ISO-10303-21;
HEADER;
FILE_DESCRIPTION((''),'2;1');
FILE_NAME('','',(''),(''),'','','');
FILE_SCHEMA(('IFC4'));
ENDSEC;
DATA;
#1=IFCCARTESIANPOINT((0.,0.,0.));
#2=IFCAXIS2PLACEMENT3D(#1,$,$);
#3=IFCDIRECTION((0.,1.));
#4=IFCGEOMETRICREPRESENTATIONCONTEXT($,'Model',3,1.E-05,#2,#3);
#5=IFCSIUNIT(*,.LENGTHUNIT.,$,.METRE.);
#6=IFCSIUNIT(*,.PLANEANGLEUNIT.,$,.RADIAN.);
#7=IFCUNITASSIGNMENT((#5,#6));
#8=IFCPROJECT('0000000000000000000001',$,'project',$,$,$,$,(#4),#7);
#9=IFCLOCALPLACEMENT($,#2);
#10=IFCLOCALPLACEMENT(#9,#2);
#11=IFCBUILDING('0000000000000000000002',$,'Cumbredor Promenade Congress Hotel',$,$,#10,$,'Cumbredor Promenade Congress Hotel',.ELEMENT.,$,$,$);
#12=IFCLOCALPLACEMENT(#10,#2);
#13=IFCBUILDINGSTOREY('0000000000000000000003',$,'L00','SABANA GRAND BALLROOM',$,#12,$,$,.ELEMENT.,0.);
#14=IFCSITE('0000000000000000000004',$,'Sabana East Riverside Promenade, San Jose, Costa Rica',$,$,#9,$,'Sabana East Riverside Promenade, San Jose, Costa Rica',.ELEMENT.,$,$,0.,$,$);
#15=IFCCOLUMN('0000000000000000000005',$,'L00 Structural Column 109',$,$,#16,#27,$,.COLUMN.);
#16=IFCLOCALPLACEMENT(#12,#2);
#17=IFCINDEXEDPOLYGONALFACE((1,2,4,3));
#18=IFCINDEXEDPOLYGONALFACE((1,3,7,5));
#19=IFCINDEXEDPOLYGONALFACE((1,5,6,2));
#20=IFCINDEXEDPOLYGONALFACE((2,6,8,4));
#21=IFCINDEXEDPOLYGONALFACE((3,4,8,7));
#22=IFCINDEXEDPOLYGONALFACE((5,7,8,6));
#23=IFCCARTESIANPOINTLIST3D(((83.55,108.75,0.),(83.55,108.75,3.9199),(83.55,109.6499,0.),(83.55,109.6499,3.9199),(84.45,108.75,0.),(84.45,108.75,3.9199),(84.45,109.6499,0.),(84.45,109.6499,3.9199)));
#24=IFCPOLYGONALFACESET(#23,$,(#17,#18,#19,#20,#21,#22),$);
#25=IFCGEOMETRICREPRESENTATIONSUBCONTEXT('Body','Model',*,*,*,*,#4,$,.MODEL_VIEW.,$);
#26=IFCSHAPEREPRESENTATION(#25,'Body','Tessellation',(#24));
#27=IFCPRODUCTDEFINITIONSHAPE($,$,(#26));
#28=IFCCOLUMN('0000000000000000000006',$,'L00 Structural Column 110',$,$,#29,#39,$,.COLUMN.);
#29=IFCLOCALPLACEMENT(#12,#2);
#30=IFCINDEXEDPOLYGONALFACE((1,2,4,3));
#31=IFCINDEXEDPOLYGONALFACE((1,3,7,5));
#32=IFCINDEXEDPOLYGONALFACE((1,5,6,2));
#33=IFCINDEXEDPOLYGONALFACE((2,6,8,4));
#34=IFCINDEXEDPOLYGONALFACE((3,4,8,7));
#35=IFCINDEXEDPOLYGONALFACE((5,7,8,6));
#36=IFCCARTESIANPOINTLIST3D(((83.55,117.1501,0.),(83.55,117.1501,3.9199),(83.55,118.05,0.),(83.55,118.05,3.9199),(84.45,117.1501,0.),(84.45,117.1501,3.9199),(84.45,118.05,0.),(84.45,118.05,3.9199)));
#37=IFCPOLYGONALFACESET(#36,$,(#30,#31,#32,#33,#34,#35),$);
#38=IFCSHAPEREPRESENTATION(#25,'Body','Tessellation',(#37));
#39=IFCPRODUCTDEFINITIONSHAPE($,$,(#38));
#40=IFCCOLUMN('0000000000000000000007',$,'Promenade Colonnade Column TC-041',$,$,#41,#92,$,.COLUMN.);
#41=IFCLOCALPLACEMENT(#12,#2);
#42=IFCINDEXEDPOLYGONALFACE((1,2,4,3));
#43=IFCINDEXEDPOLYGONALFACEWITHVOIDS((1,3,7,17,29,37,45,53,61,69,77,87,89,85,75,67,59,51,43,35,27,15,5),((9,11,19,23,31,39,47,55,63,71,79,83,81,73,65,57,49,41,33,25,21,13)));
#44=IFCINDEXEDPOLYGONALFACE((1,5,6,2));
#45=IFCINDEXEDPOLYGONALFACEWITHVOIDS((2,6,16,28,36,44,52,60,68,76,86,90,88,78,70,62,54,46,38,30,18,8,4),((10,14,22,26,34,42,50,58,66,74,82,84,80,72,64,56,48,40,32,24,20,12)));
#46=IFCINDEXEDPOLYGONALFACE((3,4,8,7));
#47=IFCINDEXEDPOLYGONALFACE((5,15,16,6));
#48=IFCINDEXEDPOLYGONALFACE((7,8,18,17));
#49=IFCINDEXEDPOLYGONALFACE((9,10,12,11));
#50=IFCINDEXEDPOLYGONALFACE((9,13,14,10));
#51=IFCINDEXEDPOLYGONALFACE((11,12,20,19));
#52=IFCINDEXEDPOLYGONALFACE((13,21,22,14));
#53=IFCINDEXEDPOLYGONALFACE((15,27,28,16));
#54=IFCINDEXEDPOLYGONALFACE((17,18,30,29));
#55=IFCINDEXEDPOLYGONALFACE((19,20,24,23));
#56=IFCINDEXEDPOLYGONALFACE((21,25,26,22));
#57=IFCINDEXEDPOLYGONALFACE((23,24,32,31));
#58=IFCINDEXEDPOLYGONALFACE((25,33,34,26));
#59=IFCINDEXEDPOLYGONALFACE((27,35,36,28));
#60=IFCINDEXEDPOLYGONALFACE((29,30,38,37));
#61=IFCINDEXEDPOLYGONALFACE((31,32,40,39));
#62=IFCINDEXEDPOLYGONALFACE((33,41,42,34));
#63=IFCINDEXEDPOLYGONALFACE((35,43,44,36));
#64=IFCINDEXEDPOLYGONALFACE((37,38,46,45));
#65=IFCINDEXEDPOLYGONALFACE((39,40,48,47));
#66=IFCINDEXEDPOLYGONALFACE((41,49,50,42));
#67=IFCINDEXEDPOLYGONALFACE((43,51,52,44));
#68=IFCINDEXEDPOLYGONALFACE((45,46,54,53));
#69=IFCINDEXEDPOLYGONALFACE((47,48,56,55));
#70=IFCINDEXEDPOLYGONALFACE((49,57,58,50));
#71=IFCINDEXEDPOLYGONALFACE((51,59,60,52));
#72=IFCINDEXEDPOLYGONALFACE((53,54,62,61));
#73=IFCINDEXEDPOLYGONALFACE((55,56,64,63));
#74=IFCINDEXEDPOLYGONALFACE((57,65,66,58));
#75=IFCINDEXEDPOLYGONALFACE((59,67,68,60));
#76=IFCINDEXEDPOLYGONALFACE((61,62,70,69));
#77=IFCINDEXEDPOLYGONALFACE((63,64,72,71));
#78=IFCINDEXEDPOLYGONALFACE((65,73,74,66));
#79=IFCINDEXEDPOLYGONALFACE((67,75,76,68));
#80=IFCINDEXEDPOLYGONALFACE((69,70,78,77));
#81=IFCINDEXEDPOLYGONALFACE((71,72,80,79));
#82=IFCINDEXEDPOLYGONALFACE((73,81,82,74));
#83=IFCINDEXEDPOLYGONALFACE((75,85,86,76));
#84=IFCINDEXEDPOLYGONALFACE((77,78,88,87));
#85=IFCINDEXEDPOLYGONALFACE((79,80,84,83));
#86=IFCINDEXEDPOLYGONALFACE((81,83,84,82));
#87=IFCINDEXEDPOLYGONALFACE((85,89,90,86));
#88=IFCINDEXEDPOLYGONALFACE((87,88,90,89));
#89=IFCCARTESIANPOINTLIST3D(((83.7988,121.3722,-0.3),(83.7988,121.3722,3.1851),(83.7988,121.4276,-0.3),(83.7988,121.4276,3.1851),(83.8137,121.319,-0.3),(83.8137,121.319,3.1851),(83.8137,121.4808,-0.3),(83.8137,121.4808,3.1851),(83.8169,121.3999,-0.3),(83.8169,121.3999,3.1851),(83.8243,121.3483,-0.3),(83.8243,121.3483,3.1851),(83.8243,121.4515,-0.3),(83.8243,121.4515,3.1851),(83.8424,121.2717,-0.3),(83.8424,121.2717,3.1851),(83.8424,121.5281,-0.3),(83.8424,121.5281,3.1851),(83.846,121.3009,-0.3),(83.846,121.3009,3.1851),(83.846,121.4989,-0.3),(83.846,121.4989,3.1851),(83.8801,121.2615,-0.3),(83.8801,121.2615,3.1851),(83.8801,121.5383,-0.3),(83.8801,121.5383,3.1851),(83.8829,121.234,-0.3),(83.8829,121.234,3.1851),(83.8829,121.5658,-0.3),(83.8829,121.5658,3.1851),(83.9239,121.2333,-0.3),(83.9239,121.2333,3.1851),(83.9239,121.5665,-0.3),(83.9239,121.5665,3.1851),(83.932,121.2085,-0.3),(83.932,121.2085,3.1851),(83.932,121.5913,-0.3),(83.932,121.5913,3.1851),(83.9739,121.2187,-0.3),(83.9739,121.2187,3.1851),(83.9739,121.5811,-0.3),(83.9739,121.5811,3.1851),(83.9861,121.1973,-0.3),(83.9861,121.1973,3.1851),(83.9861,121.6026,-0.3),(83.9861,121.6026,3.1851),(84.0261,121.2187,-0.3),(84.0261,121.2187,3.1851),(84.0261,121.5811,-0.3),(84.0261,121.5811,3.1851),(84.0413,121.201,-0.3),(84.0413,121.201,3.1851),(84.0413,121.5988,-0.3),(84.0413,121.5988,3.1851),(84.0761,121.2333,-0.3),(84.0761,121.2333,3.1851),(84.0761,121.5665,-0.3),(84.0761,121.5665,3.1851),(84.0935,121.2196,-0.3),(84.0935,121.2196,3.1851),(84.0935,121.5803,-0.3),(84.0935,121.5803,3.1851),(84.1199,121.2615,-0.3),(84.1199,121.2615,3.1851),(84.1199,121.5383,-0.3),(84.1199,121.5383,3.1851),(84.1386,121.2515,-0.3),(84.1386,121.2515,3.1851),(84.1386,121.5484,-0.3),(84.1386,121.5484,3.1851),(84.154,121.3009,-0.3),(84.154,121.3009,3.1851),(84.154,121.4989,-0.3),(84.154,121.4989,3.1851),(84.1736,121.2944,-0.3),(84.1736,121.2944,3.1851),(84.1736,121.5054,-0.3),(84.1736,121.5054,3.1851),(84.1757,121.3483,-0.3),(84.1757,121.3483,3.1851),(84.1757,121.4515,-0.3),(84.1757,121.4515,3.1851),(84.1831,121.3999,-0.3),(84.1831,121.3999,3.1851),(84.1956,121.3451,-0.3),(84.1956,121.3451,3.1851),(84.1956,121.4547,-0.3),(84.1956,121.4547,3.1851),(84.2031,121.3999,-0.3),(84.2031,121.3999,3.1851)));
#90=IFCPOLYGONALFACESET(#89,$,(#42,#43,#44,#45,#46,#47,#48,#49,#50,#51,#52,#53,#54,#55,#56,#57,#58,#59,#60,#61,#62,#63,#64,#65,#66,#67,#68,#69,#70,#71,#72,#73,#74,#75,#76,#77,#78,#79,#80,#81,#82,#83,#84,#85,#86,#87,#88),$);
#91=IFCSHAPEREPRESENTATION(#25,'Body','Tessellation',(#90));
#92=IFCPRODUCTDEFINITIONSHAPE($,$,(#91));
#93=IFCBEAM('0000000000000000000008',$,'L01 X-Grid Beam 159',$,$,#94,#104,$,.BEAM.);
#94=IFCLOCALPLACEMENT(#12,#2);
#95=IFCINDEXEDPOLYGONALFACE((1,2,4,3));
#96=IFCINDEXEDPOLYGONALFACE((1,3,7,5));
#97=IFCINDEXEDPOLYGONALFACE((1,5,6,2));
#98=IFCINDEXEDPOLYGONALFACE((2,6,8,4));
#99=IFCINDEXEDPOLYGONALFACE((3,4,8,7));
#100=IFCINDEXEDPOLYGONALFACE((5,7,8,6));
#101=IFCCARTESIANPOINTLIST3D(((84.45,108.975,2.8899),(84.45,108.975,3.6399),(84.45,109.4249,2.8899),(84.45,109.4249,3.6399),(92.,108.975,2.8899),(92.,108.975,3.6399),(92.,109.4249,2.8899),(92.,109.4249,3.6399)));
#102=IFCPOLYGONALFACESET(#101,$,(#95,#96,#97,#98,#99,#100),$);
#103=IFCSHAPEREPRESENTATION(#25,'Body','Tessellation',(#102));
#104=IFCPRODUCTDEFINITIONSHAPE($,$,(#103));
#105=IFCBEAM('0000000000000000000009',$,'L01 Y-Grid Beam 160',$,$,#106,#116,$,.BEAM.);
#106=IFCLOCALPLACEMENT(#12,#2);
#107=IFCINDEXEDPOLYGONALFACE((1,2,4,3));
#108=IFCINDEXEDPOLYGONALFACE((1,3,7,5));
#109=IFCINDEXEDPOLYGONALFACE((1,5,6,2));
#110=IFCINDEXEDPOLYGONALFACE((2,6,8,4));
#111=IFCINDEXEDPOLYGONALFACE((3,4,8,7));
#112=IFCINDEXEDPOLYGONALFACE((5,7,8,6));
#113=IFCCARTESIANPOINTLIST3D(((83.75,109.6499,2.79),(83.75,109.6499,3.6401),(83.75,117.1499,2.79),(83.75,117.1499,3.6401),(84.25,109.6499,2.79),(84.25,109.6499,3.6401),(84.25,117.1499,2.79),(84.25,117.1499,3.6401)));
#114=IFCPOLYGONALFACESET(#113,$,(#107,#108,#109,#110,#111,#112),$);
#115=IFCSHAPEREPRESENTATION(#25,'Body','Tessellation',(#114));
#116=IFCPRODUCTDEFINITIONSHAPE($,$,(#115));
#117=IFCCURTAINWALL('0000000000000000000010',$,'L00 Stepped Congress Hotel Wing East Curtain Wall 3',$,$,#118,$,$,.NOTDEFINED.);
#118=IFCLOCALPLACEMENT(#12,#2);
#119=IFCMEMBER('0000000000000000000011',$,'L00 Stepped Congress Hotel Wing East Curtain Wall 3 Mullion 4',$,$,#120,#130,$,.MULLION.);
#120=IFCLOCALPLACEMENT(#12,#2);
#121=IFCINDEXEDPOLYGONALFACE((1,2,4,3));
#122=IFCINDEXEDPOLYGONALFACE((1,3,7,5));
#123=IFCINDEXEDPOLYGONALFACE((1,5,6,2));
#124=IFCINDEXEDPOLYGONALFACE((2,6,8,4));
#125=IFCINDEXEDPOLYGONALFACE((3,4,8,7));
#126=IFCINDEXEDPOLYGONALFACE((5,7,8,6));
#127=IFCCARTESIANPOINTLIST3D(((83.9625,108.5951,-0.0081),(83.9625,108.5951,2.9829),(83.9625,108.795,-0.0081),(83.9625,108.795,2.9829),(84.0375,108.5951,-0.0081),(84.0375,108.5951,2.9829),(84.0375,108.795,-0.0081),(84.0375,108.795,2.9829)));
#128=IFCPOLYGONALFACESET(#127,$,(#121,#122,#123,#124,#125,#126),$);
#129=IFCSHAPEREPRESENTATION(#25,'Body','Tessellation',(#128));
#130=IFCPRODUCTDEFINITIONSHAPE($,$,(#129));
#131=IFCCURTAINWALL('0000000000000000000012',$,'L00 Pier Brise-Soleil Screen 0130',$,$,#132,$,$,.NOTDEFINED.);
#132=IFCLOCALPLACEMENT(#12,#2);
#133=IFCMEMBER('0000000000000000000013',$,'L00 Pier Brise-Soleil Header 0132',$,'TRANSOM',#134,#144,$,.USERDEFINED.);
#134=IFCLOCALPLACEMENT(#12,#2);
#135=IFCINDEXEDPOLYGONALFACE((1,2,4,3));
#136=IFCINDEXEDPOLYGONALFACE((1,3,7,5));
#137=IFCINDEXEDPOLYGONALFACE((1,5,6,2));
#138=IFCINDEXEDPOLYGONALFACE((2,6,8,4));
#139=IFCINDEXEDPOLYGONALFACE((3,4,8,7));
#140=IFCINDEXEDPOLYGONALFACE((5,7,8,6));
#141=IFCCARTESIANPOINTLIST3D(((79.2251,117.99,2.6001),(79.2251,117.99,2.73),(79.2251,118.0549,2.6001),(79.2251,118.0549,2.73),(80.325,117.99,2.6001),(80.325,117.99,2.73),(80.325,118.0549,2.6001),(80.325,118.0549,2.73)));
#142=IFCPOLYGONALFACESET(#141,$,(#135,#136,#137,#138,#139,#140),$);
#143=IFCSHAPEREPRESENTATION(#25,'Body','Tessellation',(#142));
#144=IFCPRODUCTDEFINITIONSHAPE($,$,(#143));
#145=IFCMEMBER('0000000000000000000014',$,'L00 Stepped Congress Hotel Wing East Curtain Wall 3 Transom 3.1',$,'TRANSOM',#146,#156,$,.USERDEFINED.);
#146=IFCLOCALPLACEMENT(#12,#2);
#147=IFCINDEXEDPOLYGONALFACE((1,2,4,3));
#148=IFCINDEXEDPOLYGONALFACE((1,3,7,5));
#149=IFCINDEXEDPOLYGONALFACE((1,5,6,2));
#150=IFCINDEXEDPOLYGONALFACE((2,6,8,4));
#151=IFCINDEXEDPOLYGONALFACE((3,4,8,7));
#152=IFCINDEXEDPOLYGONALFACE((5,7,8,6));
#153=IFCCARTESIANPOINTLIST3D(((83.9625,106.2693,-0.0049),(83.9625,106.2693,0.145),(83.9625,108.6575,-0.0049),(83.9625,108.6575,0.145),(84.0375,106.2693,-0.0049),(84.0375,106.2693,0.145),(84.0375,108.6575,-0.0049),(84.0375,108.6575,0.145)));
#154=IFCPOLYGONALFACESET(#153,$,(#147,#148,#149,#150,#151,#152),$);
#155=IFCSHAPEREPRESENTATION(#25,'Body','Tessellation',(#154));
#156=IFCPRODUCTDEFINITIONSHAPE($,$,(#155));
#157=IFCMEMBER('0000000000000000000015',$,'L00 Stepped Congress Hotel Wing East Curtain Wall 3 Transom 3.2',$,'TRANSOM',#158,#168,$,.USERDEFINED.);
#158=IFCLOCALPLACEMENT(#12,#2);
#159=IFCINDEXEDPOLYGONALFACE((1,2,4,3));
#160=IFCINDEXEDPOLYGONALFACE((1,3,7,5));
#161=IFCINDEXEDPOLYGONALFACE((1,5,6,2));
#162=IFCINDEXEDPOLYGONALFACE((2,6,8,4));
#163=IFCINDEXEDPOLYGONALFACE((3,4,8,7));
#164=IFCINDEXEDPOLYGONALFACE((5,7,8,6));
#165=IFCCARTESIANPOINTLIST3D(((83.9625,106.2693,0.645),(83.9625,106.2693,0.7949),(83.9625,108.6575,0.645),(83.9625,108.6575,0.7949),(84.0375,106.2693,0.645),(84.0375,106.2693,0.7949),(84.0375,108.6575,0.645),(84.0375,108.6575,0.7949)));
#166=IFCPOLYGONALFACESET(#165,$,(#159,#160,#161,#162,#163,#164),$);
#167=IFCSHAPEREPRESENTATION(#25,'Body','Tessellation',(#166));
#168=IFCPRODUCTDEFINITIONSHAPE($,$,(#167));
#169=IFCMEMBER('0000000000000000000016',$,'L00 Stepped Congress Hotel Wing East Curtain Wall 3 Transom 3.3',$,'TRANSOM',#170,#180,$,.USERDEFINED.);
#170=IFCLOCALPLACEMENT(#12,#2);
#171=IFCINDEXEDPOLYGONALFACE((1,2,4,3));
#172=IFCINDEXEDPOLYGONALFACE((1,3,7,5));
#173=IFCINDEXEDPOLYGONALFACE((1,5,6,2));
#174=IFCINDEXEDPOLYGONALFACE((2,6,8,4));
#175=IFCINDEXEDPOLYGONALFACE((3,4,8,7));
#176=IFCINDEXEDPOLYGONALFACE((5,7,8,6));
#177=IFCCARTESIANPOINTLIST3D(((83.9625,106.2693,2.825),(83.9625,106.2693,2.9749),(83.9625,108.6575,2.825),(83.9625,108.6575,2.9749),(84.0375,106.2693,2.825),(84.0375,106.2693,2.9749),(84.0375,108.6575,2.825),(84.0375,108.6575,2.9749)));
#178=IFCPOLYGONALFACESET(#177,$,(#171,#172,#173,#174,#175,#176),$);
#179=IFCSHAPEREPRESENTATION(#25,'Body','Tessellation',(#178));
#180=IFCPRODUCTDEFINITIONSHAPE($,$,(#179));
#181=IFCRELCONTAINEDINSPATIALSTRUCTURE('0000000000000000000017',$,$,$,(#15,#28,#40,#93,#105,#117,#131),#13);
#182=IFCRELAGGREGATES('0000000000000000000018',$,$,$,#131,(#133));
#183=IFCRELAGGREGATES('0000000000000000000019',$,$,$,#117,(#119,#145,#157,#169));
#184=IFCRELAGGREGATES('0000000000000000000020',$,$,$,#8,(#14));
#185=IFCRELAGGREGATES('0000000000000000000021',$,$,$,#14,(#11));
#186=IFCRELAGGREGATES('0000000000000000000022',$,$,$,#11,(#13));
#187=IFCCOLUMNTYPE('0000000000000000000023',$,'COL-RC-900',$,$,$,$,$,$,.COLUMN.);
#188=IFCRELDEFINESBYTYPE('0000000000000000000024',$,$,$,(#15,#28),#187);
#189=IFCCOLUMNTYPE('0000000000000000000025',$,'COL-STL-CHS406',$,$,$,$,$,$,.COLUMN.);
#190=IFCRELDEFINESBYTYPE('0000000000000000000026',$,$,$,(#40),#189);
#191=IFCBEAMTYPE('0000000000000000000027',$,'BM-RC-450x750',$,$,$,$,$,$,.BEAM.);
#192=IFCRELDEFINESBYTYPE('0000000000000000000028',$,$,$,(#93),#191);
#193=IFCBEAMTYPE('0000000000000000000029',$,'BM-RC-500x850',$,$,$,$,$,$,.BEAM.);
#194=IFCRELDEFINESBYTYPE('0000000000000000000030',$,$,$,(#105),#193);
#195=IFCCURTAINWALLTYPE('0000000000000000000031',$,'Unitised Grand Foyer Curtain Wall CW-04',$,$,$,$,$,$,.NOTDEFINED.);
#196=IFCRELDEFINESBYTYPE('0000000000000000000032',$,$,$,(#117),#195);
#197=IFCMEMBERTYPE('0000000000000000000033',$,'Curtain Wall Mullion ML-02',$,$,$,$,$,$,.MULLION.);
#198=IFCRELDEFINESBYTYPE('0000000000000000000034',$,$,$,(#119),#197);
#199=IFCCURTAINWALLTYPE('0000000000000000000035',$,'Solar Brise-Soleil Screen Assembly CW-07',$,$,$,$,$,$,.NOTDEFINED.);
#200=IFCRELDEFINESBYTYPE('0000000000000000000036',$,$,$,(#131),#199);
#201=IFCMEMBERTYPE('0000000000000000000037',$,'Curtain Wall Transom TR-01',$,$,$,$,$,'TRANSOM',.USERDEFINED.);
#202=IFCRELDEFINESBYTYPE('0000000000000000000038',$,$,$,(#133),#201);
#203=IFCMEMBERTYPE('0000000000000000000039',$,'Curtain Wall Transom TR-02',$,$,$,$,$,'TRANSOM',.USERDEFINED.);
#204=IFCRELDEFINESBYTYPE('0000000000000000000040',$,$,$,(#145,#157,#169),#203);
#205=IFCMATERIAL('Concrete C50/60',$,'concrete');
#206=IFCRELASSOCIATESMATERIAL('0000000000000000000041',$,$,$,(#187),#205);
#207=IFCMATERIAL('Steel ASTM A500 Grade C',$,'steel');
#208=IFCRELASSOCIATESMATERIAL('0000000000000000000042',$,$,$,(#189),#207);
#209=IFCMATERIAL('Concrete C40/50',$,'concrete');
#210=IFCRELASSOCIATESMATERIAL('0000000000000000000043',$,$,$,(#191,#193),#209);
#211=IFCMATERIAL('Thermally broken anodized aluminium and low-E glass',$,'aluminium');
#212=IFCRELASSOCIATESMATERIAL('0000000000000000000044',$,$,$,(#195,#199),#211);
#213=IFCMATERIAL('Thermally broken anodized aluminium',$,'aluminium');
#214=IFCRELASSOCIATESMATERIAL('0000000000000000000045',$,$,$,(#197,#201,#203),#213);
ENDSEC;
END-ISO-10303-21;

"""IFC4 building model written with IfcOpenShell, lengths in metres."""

from ifc_helpers import new_model, si_unit, direction, frame, origin, origin_2d, place, context, subcontext, project, spatial, rectangle, hollow_circle, extrude, material, material_profile, profile_set, type_object, element, aggregate, save


model = new_model("IFC4")

# Units and contexts
model_context = context("Model", 3, precision=1e-05, world=origin(), true_north=direction((0.0, 1.0)))
body_context = subcontext(model_context, "Body", "Model", "MODEL_VIEW")
ifc_project = project(units=[si_unit("LENGTHUNIT", "METRE"), si_unit("PLANEANGLEUNIT", "RADIAN")], contexts=[model_context])

# Site, building, storey
site_placement = place(None, origin())
site = spatial("IfcSite", under=ifc_project, at=site_placement, Name="Sabana East Riverside Promenade, San Jose, Costa Rica", LongName="Sabana East Riverside Promenade, San Jose, Costa Rica", CompositionType="ELEMENT", RefElevation=0.0)
building_placement = place(site_placement, origin())
building = spatial("IfcBuilding", under=site, at=building_placement, Name="Cumbredor Promenade Congress Hotel", LongName="Cumbredor Promenade Congress Hotel", CompositionType="ELEMENT")
storey_placement = place(building_placement, origin())
storey = spatial("IfcBuildingStorey", under=building, at=storey_placement, Name="L00", Description="SABANA GRAND BALLROOM", CompositionType="ELEMENT", Elevation=0.0)

# Columns
ifc_material_1 = material(Name="Concrete C50/60", Category="concrete")
ifc_material_profile_1 = material_profile(ifc_material_1, rectangle(XDim=0.8999, YDim=0.8999, at=origin_2d()), Name="RC 900x900")
ifc_profile_set_1 = profile_set([ifc_material_profile_1], Name="Concrete C50/60")
column_type_1 = type_object("IfcColumnType", Name="COL-RC-900", PredefinedType="COLUMN", material=ifc_profile_set_1)
for number, where, z_axis, x_axis, name in (
    (1, (84.0, 109.2, 0.0), (0.0, 0.0, 1.0), (1.0, 0.0, 0.0), "L00 Structural Column 109"),
    (2, (84.0, 117.6001, 0.0), (0.0, 0.0, 1.0), (1.0, 0.0, 0.0), "L00 Structural Column 110"),
):
    element("IfcColumn", number, at=place(storey_placement, frame(where, z_axis=z_axis, x_axis=x_axis)), inside=storey, type_object=column_type_1, Name=name, PredefinedType="COLUMN", context=body_context, shape_type="SweptSolid", body=[
        extrude(rectangle(XDim=0.8999, YDim=0.8999, at=origin_2d()), origin(), (0.0, 0.0, 1.0), 3.9199),
    ])
ifc_material_2 = material(Name="Steel ASTM A500 Grade C", Category="steel")
ifc_material_profile_2 = material_profile(ifc_material_2, hollow_circle(Radius=0.2031, WallThickness=0.02, at=origin_2d()), Name="CHS 406.4x20")
ifc_profile_set_2 = profile_set([ifc_material_profile_2], Name="Steel ASTM A500 Grade C")
column_type_2 = type_object("IfcColumnType", Name="COL-STL-CHS406", PredefinedType="COLUMN", material=ifc_profile_set_2)
column_placement = place(storey_placement, frame((84.0, 121.3999, -0.3), z_axis=(0.0, 0.0, 1.0), x_axis=(1.0, 0.0, 0.0)))
element("IfcColumn", 3, at=column_placement, inside=storey, type_object=column_type_2, Name="Promenade Colonnade Column TC-041", PredefinedType="COLUMN", context=body_context, shape_type="SweptSolid", body=[
    extrude(hollow_circle(Radius=0.2031, WallThickness=0.02, at=origin_2d()), origin(), (0.0, 0.0, 1.0), 3.4851),
])

# Beams
ifc_material_3 = material(Name="Concrete C40/50", Category="concrete")
ifc_material_profile_3 = material_profile(ifc_material_3, rectangle(XDim=0.45, YDim=0.75, at=origin_2d()), Name="RC BEAM 450x750")
ifc_profile_set_3 = profile_set([ifc_material_profile_3], Name="Concrete C40/50")
beam_type_1 = type_object("IfcBeamType", Name="BM-RC-450x750", PredefinedType="BEAM", material=ifc_profile_set_3)
beam_1_placement = place(storey_placement, frame((84.45, 109.2, 3.2649), z_axis=(1.0, 0.0, 0.0), x_axis=(0.0, 1.0, 0.0)))
element("IfcBeam", 4, at=beam_1_placement, inside=storey, type_object=beam_type_1, Name="L01 X-Grid Beam 159", PredefinedType="BEAM", context=body_context, shape_type="SweptSolid", body=[
    extrude(rectangle(XDim=0.45, YDim=0.75, at=origin_2d()), origin(), (0.0, 0.0, 1.0), 7.55),
])
ifc_material_profile_4 = material_profile(ifc_material_3, rectangle(XDim=0.5, YDim=0.8501, at=origin_2d()), Name="RC BEAM 500x850")
ifc_profile_set_4 = profile_set([ifc_material_profile_4], Name="Concrete C40/50")
beam_type_2 = type_object("IfcBeamType", Name="BM-RC-500x850", PredefinedType="BEAM", material=ifc_profile_set_4)
beam_2_placement = place(storey_placement, frame((84.0, 109.6499, 3.2151), z_axis=(0.0, 1.0, 0.0), x_axis=(-1.0, 0.0, 0.0)))
element("IfcBeam", 5, at=beam_2_placement, inside=storey, type_object=beam_type_2, Name="L01 Y-Grid Beam 160", PredefinedType="BEAM", context=body_context, shape_type="SweptSolid", body=[
    extrude(rectangle(XDim=0.5, YDim=0.8501, at=origin_2d()), origin(), (0.0, 0.0, 1.0), 7.5),
])

# Curtain walls, members
ifc_material_4 = material(Name="Thermally broken anodized aluminium and low-E glass", Category="aluminium")
curtain_wall_type_1 = type_object("IfcCurtainWallType", Name="Unitised Grand Foyer Curtain Wall CW-04", PredefinedType="NOTDEFINED", material=ifc_material_4)
curtain_wall_1_placement = place(storey_placement, origin())
curtain_wall_1 = element("IfcCurtainWall", 6, at=curtain_wall_1_placement, inside=storey, type_object=curtain_wall_type_1, Name="L00 Stepped Congress Hotel Wing East Curtain Wall 3", PredefinedType="NOTDEFINED")
ifc_material_5 = material(Name="Thermally broken anodized aluminium", Category="aluminium")
ifc_material_profile_5 = material_profile(ifc_material_5, rectangle(XDim=0.075, YDim=0.2, at=origin_2d()), Name="ALU MULLION 75x200")
ifc_profile_set_5 = profile_set([ifc_material_profile_5], Name="Thermally broken anodized aluminium")
member_type_1 = type_object("IfcMemberType", Name="Curtain Wall Mullion ML-02", PredefinedType="MULLION", material=ifc_profile_set_5)
member_1_placement = place(storey_placement, frame((84.0, 108.6951, -0.0081), z_axis=(0.0, 0.0, 1.0), x_axis=(1.0, 0.0, 0.0)))
member_1 = element("IfcMember", 7, at=member_1_placement, type_object=member_type_1, Name="L00 Stepped Congress Hotel Wing East Curtain Wall 3 Mullion 4", PredefinedType="MULLION", context=body_context, shape_type="SweptSolid", body=[
    extrude(rectangle(XDim=0.075, YDim=0.2, at=origin_2d()), origin(), (0.0, 0.0, 1.0), 2.991),
])
curtain_wall_type_2 = type_object("IfcCurtainWallType", Name="Solar Brise-Soleil Screen Assembly CW-07", PredefinedType="NOTDEFINED", material=ifc_material_4)
curtain_wall_2_placement = place(storey_placement, origin())
curtain_wall_2 = element("IfcCurtainWall", 8, at=curtain_wall_2_placement, inside=storey, type_object=curtain_wall_type_2, Name="L00 Pier Brise-Soleil Screen 0130", PredefinedType="NOTDEFINED")
ifc_material_profile_6 = material_profile(ifc_material_5, rectangle(XDim=0.0649, YDim=0.1299, at=origin_2d()), Name="ALU TRANSOM 65x130")
ifc_profile_set_6 = profile_set([ifc_material_profile_6], Name="Thermally broken anodized aluminium")
member_type_2 = type_object("IfcMemberType", Name="Curtain Wall Transom TR-01", ElementType="TRANSOM", PredefinedType="USERDEFINED", material=ifc_profile_set_6)
member_2_placement = place(storey_placement, frame((79.2251, 118.0225, 2.665), z_axis=(1.0, 0.0, 0.0), x_axis=(0.0, 1.0, 0.0)))
member_2 = element("IfcMember", 9, at=member_2_placement, type_object=member_type_2, Name="L00 Pier Brise-Soleil Header 0132", ObjectType="TRANSOM", PredefinedType="USERDEFINED", context=body_context, shape_type="SweptSolid", body=[
    extrude(rectangle(XDim=0.0649, YDim=0.1299, at=origin_2d()), origin(), (0.0, 0.0, 1.0), 1.0999),
])

# Members
ifc_material_profile_7 = material_profile(ifc_material_5, rectangle(XDim=0.075, YDim=0.1499, at=origin_2d()), Name="ALU TRANSOM 75x150")
ifc_profile_set_7 = profile_set([ifc_material_profile_7], Name="Thermally broken anodized aluminium")
member_type_3 = type_object("IfcMemberType", Name="Curtain Wall Transom TR-02", ElementType="TRANSOM", PredefinedType="USERDEFINED", material=ifc_profile_set_7)
member_3_placement = place(storey_placement, frame((84.0, 106.2693, 0.0701), z_axis=(0.0, 1.0, 0.0), x_axis=(-1.0, 0.0, 0.0)))
member_3 = element("IfcMember", 10, at=member_3_placement, type_object=member_type_3, Name="L00 Stepped Congress Hotel Wing East Curtain Wall 3 Transom 3.1", ObjectType="TRANSOM", PredefinedType="USERDEFINED", context=body_context, shape_type="SweptSolid", body=[
    extrude(rectangle(XDim=0.075, YDim=0.1499, at=origin_2d()), origin(), (0.0, 0.0, 1.0), 2.3882),
])
member_4_placement = place(storey_placement, frame((84.0, 106.2693, 0.72), z_axis=(0.0, 1.0, 0.0), x_axis=(-1.0, 0.0, 0.0)))
member_4 = element("IfcMember", 11, at=member_4_placement, type_object=member_type_3, Name="L00 Stepped Congress Hotel Wing East Curtain Wall 3 Transom 3.2", ObjectType="TRANSOM", PredefinedType="USERDEFINED", context=body_context, shape_type="SweptSolid", body=[
    extrude(rectangle(XDim=0.075, YDim=0.1499, at=origin_2d()), origin(), (0.0, 0.0, 1.0), 2.3882),
])
member_5_placement = place(storey_placement, frame((84.0, 106.2693, 2.8999), z_axis=(0.0, 1.0, 0.0), x_axis=(-1.0, 0.0, 0.0)))
member_5 = element("IfcMember", 12, at=member_5_placement, type_object=member_type_3, Name="L00 Stepped Congress Hotel Wing East Curtain Wall 3 Transom 3.3", ObjectType="TRANSOM", PredefinedType="USERDEFINED", context=body_context, shape_type="SweptSolid", body=[
    extrude(rectangle(XDim=0.075, YDim=0.1499, at=origin_2d()), origin(), (0.0, 0.0, 1.0), 2.3882),
])

aggregate(curtain_wall_2, [member_2])

aggregate(curtain_wall_1, [member_1, member_3, member_4, member_5])

save(model, "model.ifc")
